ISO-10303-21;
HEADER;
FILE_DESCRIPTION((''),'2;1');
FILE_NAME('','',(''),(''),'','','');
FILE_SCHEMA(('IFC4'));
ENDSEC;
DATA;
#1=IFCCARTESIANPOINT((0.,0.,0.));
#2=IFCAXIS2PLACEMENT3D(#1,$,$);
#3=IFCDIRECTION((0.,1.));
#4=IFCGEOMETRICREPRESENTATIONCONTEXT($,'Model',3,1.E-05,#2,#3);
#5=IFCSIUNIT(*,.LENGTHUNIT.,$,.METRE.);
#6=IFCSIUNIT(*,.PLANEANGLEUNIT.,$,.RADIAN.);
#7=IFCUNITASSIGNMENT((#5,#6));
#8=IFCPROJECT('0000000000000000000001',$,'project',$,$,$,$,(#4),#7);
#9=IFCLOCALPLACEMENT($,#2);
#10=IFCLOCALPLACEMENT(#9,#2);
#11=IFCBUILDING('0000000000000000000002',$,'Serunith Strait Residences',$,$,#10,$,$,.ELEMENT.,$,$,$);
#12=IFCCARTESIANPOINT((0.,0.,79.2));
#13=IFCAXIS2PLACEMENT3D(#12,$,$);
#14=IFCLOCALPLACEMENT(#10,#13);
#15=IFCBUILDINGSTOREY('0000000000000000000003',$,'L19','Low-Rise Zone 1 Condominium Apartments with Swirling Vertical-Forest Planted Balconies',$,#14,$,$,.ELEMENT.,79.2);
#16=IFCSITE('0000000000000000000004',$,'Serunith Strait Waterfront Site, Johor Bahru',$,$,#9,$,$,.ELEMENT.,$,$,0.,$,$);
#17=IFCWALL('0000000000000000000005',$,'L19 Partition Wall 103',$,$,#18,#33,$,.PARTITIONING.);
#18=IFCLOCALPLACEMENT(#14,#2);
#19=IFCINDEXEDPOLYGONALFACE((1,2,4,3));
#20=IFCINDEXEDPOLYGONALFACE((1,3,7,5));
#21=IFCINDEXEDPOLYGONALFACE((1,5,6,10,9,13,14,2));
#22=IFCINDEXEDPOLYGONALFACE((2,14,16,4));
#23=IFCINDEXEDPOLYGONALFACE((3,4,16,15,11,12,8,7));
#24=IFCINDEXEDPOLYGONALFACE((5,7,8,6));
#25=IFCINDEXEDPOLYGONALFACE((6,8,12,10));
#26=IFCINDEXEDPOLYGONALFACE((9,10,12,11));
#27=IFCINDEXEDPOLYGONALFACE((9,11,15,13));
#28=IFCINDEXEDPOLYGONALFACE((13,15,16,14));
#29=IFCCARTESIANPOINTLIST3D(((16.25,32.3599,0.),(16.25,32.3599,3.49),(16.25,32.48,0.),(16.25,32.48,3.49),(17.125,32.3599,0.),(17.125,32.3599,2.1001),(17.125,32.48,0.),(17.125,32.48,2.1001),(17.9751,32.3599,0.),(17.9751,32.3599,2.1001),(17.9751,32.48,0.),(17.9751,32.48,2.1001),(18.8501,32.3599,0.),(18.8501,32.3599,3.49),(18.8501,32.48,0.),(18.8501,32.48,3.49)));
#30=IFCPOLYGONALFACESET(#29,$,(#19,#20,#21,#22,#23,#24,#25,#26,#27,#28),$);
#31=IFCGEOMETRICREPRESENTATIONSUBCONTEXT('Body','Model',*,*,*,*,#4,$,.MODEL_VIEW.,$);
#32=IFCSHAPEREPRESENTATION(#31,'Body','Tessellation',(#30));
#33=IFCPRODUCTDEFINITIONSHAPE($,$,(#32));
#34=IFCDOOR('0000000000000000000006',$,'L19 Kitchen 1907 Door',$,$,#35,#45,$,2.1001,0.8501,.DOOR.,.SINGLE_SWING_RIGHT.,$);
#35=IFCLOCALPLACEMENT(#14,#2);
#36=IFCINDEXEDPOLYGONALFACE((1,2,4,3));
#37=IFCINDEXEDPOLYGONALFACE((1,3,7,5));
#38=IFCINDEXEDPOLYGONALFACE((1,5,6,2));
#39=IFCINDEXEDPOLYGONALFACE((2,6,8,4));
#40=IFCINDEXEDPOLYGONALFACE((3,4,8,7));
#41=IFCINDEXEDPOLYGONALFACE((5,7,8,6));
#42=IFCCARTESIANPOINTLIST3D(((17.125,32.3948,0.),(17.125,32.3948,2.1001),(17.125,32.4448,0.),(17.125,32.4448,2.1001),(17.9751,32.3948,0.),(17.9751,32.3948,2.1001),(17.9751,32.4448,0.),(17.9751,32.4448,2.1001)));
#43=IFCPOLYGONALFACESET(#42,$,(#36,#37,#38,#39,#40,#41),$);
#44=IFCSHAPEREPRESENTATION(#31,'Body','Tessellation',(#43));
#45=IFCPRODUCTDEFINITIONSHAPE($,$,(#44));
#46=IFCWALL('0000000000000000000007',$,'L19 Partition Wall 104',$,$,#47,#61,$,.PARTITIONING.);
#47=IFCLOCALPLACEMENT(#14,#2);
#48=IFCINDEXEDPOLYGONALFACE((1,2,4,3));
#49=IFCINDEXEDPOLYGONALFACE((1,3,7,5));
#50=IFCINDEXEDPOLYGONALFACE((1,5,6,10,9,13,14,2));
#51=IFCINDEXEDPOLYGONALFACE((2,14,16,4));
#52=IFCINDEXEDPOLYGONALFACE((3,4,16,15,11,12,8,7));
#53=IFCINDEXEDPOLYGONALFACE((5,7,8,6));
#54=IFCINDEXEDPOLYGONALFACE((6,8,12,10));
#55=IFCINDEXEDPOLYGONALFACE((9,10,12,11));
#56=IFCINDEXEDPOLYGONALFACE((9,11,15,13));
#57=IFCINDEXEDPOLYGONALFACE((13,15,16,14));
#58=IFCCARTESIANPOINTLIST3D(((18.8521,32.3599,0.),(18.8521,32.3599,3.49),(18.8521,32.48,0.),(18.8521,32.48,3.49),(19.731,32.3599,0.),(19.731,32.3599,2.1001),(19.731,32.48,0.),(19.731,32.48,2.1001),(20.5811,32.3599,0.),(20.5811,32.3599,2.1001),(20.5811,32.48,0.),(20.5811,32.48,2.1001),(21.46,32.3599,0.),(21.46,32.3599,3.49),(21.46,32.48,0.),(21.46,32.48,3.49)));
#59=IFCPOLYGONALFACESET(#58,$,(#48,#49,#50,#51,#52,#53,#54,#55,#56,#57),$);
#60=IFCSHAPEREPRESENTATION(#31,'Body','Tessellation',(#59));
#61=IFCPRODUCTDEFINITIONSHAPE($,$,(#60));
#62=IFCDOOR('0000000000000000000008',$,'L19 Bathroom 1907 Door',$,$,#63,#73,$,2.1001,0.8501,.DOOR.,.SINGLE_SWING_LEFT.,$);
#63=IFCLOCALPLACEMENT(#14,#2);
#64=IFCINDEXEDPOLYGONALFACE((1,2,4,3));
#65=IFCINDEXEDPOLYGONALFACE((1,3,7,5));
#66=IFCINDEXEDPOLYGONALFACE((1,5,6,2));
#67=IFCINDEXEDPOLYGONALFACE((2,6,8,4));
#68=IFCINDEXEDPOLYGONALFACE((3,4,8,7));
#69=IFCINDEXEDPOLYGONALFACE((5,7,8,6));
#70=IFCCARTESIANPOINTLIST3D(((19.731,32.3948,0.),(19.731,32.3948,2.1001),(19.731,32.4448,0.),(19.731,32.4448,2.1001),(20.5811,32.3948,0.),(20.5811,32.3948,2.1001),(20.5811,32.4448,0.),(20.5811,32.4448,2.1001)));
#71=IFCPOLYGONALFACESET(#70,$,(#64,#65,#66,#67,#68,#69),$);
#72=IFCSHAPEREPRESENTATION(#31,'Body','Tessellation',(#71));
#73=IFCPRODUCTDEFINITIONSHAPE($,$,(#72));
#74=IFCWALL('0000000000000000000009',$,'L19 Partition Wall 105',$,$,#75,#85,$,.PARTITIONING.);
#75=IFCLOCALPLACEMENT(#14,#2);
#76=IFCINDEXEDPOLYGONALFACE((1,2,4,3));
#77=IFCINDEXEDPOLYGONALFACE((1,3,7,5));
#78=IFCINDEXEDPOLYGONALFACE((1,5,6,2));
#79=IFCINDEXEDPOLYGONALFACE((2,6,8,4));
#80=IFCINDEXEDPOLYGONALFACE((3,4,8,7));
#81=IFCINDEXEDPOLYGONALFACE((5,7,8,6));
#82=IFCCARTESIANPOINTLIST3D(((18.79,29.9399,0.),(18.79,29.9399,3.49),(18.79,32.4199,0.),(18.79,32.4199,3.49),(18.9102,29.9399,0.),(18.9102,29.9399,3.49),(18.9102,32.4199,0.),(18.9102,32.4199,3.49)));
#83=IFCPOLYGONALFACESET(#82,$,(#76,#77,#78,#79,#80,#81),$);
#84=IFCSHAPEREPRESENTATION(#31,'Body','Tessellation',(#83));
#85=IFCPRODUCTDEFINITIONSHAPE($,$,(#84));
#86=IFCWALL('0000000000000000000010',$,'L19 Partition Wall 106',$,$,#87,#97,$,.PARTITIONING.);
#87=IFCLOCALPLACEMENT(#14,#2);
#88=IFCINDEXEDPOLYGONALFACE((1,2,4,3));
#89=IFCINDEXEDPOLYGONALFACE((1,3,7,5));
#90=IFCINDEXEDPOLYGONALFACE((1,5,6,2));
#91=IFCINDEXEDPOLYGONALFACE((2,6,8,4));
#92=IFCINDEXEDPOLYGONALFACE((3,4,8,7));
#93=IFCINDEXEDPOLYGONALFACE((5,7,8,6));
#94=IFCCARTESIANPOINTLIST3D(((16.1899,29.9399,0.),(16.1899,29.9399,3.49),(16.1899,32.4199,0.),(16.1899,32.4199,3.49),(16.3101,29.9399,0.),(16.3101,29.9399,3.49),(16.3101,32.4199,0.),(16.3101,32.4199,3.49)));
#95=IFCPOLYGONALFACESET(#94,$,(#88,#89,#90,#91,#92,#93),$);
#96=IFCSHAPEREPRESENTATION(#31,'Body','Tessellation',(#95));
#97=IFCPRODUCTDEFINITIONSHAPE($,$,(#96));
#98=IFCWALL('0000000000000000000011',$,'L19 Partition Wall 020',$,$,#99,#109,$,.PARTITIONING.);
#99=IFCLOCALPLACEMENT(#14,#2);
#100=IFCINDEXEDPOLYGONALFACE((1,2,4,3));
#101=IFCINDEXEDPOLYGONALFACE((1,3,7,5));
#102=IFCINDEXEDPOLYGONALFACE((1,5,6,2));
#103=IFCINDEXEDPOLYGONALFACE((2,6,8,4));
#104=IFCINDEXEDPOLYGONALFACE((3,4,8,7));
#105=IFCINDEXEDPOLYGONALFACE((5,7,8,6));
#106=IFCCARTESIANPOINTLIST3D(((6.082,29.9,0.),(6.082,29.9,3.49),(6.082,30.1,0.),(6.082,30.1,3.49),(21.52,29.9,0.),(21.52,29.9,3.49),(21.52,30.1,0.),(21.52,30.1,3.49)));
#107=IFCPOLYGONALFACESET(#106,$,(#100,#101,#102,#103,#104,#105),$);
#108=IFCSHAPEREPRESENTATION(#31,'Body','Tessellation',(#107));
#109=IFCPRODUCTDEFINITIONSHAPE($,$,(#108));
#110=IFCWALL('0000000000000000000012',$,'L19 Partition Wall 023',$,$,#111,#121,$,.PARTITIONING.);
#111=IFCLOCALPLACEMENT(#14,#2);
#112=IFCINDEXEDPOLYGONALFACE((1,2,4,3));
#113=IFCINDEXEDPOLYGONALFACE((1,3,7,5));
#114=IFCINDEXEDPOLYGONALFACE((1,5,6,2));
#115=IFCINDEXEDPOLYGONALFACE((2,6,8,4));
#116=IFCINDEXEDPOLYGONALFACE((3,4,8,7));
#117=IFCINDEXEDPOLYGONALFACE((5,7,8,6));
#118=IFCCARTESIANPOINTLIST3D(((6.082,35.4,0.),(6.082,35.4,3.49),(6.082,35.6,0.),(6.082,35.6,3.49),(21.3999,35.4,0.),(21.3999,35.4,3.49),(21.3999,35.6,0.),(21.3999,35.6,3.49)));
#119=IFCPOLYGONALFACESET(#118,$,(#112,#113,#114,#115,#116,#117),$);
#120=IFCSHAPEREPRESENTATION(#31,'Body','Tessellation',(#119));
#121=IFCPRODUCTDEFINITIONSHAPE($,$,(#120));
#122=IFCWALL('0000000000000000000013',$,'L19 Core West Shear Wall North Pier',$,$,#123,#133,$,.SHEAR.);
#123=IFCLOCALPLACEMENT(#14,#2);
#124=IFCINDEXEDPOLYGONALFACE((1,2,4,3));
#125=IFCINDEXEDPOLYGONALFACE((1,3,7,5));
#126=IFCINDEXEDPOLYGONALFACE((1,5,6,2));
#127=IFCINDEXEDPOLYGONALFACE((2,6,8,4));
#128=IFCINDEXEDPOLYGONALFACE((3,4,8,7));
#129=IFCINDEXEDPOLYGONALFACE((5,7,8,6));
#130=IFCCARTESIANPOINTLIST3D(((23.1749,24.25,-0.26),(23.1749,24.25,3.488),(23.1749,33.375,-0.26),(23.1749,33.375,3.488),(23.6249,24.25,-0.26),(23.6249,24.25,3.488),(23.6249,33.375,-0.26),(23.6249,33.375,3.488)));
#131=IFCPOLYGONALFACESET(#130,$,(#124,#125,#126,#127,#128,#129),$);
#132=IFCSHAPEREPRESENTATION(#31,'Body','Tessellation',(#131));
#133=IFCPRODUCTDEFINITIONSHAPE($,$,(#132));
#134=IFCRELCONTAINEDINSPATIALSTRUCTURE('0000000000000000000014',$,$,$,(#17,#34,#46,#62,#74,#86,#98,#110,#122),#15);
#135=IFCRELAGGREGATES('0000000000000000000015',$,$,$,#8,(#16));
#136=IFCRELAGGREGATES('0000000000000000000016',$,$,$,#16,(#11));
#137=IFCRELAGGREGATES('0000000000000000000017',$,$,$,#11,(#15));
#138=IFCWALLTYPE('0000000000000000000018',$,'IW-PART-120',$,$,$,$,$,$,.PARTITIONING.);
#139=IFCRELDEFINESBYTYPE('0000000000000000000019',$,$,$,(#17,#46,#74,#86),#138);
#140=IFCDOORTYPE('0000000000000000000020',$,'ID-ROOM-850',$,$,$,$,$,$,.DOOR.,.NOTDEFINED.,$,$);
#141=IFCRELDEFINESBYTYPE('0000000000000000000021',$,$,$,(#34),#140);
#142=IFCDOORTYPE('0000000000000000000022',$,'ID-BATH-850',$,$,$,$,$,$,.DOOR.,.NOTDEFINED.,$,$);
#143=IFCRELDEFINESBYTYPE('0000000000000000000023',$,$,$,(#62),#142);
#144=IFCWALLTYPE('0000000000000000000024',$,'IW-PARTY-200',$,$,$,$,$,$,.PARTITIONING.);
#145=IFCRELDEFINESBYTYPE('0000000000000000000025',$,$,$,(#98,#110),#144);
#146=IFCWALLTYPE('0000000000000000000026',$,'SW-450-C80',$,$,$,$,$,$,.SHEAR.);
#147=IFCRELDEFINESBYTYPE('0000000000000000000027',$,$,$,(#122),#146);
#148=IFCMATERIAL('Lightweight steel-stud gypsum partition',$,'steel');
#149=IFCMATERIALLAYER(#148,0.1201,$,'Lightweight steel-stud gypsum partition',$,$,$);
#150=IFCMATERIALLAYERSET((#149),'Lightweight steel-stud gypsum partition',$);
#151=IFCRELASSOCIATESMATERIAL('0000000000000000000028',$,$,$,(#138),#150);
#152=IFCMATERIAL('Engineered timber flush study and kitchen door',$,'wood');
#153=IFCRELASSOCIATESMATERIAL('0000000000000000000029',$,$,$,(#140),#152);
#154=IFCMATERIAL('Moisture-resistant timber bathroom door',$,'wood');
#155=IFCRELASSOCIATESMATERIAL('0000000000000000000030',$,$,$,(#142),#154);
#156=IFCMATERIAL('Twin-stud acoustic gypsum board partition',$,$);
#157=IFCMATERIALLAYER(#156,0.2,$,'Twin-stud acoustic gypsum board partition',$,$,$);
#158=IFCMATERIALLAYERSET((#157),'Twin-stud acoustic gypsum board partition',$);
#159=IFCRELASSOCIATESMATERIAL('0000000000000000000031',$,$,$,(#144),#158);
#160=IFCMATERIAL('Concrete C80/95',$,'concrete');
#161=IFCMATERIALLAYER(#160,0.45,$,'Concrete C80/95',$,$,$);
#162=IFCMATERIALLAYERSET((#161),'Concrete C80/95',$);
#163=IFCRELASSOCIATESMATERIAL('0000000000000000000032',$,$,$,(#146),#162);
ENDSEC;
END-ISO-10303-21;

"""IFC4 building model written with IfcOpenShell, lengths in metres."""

from ifc_helpers import new_model, si_unit, direction, frame, frame_2d, origin, place, context, subcontext, project, spatial, rectangle, extrude, source, transform, mapped, material, layer, layer_set, type_object, element, fill, save


model = new_model("IFC4")

# Units and contexts
model_context = context("Model", 3, precision=1e-05, world=origin(), true_north=direction((0.0, 1.0)))
body_context = subcontext(model_context, "Body", "Model", "MODEL_VIEW")
ifc_project = project(units=[si_unit("LENGTHUNIT", "METRE"), si_unit("PLANEANGLEUNIT", "RADIAN")], contexts=[model_context])

# Site, building, storey
site_placement = place(None, origin())
site = spatial("IfcSite", under=ifc_project, at=site_placement, Name="Serunith Strait Waterfront Site, Johor Bahru", CompositionType="ELEMENT", RefElevation=0.0)
building_placement = place(site_placement, origin())
building = spatial("IfcBuilding", under=site, at=building_placement, Name="Serunith Strait Residences", CompositionType="ELEMENT")
storey_placement = place(building_placement, frame((0.0, 0.0, 79.2)))
storey = spatial("IfcBuildingStorey", under=building, at=storey_placement, Name="L19", Description="Low-Rise Zone 1 Condominium Apartments with Swirling Vertical-Forest Planted Balconies", CompositionType="ELEMENT", Elevation=79.2)

# Walls, openings, doors
ifc_material_1 = material(Name="Lightweight steel-stud gypsum partition", Category="steel")
ifc_layer_1 = layer(ifc_material_1, 0.1201, Name="Lightweight steel-stud gypsum partition")
ifc_layer_set_1 = layer_set([ifc_layer_1], Name="Lightweight steel-stud gypsum partition")
wall_type_1 = type_object("IfcWallType", Name="IW-PART-120", PredefinedType="PARTITIONING", material=ifc_layer_set_1)
wall_1_placement = place(storey_placement, frame((16.25, 32.4199, 0.0), z_axis=(0.0, 0.0, 1.0), x_axis=(1.0, 0.0, 0.0)))
wall_1 = element("IfcWall", 1, at=wall_1_placement, inside=storey, type_object=wall_type_1, Name="L19 Partition Wall 103", PredefinedType="PARTITIONING", context=body_context, shape_type="SweptSolid", body=[
    extrude(rectangle(XDim=2.6001, YDim=0.1201, at=frame_2d((1.3, 0.0))), origin(), (0.0, 0.0, 1.0), 3.49),
])
opening_1_placement = place(wall_1_placement, frame((0.875, 0.0, 0.0)))
opening_1 = element("IfcOpeningElement", 2, at=opening_1_placement, cuts=wall_1, PredefinedType="OPENING", context=body_context, shape_type="SweptSolid", body=[
    extrude(rectangle(XDim=0.8501, YDim=2.1001, at=frame_2d((0.425, 1.05))), frame((0.0, 0.0701, 0.0), z_axis=(0.0, -1.0, 0.0), x_axis=(1.0, 0.0, 0.0)), (0.0, 0.0, 1.0), 0.1401),
])
ifc_material_2 = material(Name="Engineered timber flush study and kitchen door", Category="wood")
door_type_1 = type_object("IfcDoorType", Name="ID-ROOM-850", OperationType="NOTDEFINED", PredefinedType="DOOR", material=ifc_material_2)
shared_shape_1 = source(origin(), body_context, "Body", "SweptSolid", [
    extrude(rectangle(XDim=0.8501, YDim=2.1001, at=frame_2d((0.425, 1.05))), frame((0.0, 0.0249, 0.0), z_axis=(0.0, -1.0, 0.0), x_axis=(1.0, 0.0, 0.0)), (0.0, 0.0, 1.0), 0.05),
])
door_1_placement = place(opening_1_placement, origin())
door_1 = element("IfcDoor", 3, at=door_1_placement, inside=storey, type_object=door_type_1, Name="L19 Kitchen 1907 Door", OperationType="SINGLE_SWING_RIGHT", OverallHeight=2.1001, OverallWidth=0.8501, PredefinedType="DOOR", context=body_context, shape_type="MappedRepresentation", body=[
    mapped(shared_shape_1, transform((0.0, 0.0, 0.0), scale=1.0)),
])
fill(opening_1, door_1)
wall_2_placement = place(storey_placement, frame((18.8521, 32.4199, 0.0), z_axis=(0.0, 0.0, 1.0), x_axis=(1.0, 0.0, 0.0)))
wall_2 = element("IfcWall", 4, at=wall_2_placement, inside=storey, type_object=wall_type_1, Name="L19 Partition Wall 104", PredefinedType="PARTITIONING", context=body_context, shape_type="SweptSolid", body=[
    extrude(rectangle(XDim=2.6079, YDim=0.1201, at=frame_2d((1.304, 0.0))), origin(), (0.0, 0.0, 1.0), 3.49),
])
opening_2_placement = place(wall_2_placement, frame((0.8789, 0.0, 0.0)))
opening_2 = element("IfcOpeningElement", 5, at=opening_2_placement, cuts=wall_2, PredefinedType="OPENING", context=body_context, shape_type="SweptSolid", body=[
    extrude(rectangle(XDim=0.8501, YDim=2.1001, at=frame_2d((0.425, 1.05))), frame((0.0, 0.0701, 0.0), z_axis=(0.0, -1.0, 0.0), x_axis=(1.0, 0.0, 0.0)), (0.0, 0.0, 1.0), 0.1401),
])
ifc_material_3 = material(Name="Moisture-resistant timber bathroom door", Category="wood")
door_type_2 = type_object("IfcDoorType", Name="ID-BATH-850", OperationType="NOTDEFINED", PredefinedType="DOOR", material=ifc_material_3)
door_2_placement = place(opening_2_placement, origin())
door_2 = element("IfcDoor", 6, at=door_2_placement, inside=storey, type_object=door_type_2, Name="L19 Bathroom 1907 Door", OperationType="SINGLE_SWING_LEFT", OverallHeight=2.1001, OverallWidth=0.8501, PredefinedType="DOOR", context=body_context, shape_type="MappedRepresentation", body=[
    mapped(shared_shape_1, transform((0.0, 0.0, 0.0), scale=1.0)),
])
fill(opening_2, door_2)

# Walls
for number, where, z_axis, x_axis, name in (
    (7, (18.8501, 29.9399, 0.0), (0.0, 0.0, 1.0), (0.0, 1.0, 0.0), "L19 Partition Wall 105"),
    (8, (16.25, 29.9399, 0.0), (0.0, 0.0, 1.0), (0.0, 1.0, 0.0), "L19 Partition Wall 106"),
):
    element("IfcWall", number, at=place(storey_placement, frame(where, z_axis=z_axis, x_axis=x_axis)), inside=storey, type_object=wall_type_1, Name=name, PredefinedType="PARTITIONING", context=body_context, shape_type="SweptSolid", body=[
        extrude(rectangle(XDim=2.48, YDim=0.1201, at=frame_2d((1.24, 0.0))), origin(), (0.0, 0.0, 1.0), 3.49),
    ])
ifc_material_4 = material(Name="Twin-stud acoustic gypsum board partition")
ifc_layer_2 = layer(ifc_material_4, 0.2, Name="Twin-stud acoustic gypsum board partition")
ifc_layer_set_2 = layer_set([ifc_layer_2], Name="Twin-stud acoustic gypsum board partition")
wall_type_2 = type_object("IfcWallType", Name="IW-PARTY-200", PredefinedType="PARTITIONING", material=ifc_layer_set_2)
wall_3_placement = place(storey_placement, frame((6.082, 30.0, 0.0), z_axis=(0.0, 0.0, 1.0), x_axis=(1.0, 0.0, 0.0)))
element("IfcWall", 9, at=wall_3_placement, inside=storey, type_object=wall_type_2, Name="L19 Partition Wall 020", PredefinedType="PARTITIONING", context=body_context, shape_type="SweptSolid", body=[
    extrude(rectangle(XDim=15.438, YDim=0.2, at=frame_2d((7.719, 0.0))), origin(), (0.0, 0.0, 1.0), 3.49),
])
wall_4_placement = place(storey_placement, frame((6.082, 35.5, 0.0), z_axis=(0.0, 0.0, 1.0), x_axis=(1.0, 0.0, 0.0)))
element("IfcWall", 10, at=wall_4_placement, inside=storey, type_object=wall_type_2, Name="L19 Partition Wall 023", PredefinedType="PARTITIONING", context=body_context, shape_type="SweptSolid", body=[
    extrude(rectangle(XDim=15.3179, YDim=0.2, at=frame_2d((7.6589, 0.0))), origin(), (0.0, 0.0, 1.0), 3.49),
])

# Wall
ifc_material_5 = material(Name="Concrete C80/95", Category="concrete")
ifc_layer_3 = layer(ifc_material_5, 0.45, Name="Concrete C80/95")
ifc_layer_set_3 = layer_set([ifc_layer_3], Name="Concrete C80/95")
wall_type_3 = type_object("IfcWallType", Name="SW-450-C80", PredefinedType="SHEAR", material=ifc_layer_set_3)
wall_5_placement = place(storey_placement, frame((23.3999, 24.25, -0.26), z_axis=(0.0, 0.0, 1.0), x_axis=(0.0, 1.0, 0.0)))
element("IfcWall", 11, at=wall_5_placement, inside=storey, type_object=wall_type_3, Name="L19 Core West Shear Wall North Pier", PredefinedType="SHEAR", context=body_context, shape_type="SweptSolid", body=[
    extrude(rectangle(XDim=9.125, YDim=0.45, at=frame_2d((4.5625, 0.0))), origin(), (0.0, 0.0, 1.0), 3.748),
])

save(model, "model.ifc")
